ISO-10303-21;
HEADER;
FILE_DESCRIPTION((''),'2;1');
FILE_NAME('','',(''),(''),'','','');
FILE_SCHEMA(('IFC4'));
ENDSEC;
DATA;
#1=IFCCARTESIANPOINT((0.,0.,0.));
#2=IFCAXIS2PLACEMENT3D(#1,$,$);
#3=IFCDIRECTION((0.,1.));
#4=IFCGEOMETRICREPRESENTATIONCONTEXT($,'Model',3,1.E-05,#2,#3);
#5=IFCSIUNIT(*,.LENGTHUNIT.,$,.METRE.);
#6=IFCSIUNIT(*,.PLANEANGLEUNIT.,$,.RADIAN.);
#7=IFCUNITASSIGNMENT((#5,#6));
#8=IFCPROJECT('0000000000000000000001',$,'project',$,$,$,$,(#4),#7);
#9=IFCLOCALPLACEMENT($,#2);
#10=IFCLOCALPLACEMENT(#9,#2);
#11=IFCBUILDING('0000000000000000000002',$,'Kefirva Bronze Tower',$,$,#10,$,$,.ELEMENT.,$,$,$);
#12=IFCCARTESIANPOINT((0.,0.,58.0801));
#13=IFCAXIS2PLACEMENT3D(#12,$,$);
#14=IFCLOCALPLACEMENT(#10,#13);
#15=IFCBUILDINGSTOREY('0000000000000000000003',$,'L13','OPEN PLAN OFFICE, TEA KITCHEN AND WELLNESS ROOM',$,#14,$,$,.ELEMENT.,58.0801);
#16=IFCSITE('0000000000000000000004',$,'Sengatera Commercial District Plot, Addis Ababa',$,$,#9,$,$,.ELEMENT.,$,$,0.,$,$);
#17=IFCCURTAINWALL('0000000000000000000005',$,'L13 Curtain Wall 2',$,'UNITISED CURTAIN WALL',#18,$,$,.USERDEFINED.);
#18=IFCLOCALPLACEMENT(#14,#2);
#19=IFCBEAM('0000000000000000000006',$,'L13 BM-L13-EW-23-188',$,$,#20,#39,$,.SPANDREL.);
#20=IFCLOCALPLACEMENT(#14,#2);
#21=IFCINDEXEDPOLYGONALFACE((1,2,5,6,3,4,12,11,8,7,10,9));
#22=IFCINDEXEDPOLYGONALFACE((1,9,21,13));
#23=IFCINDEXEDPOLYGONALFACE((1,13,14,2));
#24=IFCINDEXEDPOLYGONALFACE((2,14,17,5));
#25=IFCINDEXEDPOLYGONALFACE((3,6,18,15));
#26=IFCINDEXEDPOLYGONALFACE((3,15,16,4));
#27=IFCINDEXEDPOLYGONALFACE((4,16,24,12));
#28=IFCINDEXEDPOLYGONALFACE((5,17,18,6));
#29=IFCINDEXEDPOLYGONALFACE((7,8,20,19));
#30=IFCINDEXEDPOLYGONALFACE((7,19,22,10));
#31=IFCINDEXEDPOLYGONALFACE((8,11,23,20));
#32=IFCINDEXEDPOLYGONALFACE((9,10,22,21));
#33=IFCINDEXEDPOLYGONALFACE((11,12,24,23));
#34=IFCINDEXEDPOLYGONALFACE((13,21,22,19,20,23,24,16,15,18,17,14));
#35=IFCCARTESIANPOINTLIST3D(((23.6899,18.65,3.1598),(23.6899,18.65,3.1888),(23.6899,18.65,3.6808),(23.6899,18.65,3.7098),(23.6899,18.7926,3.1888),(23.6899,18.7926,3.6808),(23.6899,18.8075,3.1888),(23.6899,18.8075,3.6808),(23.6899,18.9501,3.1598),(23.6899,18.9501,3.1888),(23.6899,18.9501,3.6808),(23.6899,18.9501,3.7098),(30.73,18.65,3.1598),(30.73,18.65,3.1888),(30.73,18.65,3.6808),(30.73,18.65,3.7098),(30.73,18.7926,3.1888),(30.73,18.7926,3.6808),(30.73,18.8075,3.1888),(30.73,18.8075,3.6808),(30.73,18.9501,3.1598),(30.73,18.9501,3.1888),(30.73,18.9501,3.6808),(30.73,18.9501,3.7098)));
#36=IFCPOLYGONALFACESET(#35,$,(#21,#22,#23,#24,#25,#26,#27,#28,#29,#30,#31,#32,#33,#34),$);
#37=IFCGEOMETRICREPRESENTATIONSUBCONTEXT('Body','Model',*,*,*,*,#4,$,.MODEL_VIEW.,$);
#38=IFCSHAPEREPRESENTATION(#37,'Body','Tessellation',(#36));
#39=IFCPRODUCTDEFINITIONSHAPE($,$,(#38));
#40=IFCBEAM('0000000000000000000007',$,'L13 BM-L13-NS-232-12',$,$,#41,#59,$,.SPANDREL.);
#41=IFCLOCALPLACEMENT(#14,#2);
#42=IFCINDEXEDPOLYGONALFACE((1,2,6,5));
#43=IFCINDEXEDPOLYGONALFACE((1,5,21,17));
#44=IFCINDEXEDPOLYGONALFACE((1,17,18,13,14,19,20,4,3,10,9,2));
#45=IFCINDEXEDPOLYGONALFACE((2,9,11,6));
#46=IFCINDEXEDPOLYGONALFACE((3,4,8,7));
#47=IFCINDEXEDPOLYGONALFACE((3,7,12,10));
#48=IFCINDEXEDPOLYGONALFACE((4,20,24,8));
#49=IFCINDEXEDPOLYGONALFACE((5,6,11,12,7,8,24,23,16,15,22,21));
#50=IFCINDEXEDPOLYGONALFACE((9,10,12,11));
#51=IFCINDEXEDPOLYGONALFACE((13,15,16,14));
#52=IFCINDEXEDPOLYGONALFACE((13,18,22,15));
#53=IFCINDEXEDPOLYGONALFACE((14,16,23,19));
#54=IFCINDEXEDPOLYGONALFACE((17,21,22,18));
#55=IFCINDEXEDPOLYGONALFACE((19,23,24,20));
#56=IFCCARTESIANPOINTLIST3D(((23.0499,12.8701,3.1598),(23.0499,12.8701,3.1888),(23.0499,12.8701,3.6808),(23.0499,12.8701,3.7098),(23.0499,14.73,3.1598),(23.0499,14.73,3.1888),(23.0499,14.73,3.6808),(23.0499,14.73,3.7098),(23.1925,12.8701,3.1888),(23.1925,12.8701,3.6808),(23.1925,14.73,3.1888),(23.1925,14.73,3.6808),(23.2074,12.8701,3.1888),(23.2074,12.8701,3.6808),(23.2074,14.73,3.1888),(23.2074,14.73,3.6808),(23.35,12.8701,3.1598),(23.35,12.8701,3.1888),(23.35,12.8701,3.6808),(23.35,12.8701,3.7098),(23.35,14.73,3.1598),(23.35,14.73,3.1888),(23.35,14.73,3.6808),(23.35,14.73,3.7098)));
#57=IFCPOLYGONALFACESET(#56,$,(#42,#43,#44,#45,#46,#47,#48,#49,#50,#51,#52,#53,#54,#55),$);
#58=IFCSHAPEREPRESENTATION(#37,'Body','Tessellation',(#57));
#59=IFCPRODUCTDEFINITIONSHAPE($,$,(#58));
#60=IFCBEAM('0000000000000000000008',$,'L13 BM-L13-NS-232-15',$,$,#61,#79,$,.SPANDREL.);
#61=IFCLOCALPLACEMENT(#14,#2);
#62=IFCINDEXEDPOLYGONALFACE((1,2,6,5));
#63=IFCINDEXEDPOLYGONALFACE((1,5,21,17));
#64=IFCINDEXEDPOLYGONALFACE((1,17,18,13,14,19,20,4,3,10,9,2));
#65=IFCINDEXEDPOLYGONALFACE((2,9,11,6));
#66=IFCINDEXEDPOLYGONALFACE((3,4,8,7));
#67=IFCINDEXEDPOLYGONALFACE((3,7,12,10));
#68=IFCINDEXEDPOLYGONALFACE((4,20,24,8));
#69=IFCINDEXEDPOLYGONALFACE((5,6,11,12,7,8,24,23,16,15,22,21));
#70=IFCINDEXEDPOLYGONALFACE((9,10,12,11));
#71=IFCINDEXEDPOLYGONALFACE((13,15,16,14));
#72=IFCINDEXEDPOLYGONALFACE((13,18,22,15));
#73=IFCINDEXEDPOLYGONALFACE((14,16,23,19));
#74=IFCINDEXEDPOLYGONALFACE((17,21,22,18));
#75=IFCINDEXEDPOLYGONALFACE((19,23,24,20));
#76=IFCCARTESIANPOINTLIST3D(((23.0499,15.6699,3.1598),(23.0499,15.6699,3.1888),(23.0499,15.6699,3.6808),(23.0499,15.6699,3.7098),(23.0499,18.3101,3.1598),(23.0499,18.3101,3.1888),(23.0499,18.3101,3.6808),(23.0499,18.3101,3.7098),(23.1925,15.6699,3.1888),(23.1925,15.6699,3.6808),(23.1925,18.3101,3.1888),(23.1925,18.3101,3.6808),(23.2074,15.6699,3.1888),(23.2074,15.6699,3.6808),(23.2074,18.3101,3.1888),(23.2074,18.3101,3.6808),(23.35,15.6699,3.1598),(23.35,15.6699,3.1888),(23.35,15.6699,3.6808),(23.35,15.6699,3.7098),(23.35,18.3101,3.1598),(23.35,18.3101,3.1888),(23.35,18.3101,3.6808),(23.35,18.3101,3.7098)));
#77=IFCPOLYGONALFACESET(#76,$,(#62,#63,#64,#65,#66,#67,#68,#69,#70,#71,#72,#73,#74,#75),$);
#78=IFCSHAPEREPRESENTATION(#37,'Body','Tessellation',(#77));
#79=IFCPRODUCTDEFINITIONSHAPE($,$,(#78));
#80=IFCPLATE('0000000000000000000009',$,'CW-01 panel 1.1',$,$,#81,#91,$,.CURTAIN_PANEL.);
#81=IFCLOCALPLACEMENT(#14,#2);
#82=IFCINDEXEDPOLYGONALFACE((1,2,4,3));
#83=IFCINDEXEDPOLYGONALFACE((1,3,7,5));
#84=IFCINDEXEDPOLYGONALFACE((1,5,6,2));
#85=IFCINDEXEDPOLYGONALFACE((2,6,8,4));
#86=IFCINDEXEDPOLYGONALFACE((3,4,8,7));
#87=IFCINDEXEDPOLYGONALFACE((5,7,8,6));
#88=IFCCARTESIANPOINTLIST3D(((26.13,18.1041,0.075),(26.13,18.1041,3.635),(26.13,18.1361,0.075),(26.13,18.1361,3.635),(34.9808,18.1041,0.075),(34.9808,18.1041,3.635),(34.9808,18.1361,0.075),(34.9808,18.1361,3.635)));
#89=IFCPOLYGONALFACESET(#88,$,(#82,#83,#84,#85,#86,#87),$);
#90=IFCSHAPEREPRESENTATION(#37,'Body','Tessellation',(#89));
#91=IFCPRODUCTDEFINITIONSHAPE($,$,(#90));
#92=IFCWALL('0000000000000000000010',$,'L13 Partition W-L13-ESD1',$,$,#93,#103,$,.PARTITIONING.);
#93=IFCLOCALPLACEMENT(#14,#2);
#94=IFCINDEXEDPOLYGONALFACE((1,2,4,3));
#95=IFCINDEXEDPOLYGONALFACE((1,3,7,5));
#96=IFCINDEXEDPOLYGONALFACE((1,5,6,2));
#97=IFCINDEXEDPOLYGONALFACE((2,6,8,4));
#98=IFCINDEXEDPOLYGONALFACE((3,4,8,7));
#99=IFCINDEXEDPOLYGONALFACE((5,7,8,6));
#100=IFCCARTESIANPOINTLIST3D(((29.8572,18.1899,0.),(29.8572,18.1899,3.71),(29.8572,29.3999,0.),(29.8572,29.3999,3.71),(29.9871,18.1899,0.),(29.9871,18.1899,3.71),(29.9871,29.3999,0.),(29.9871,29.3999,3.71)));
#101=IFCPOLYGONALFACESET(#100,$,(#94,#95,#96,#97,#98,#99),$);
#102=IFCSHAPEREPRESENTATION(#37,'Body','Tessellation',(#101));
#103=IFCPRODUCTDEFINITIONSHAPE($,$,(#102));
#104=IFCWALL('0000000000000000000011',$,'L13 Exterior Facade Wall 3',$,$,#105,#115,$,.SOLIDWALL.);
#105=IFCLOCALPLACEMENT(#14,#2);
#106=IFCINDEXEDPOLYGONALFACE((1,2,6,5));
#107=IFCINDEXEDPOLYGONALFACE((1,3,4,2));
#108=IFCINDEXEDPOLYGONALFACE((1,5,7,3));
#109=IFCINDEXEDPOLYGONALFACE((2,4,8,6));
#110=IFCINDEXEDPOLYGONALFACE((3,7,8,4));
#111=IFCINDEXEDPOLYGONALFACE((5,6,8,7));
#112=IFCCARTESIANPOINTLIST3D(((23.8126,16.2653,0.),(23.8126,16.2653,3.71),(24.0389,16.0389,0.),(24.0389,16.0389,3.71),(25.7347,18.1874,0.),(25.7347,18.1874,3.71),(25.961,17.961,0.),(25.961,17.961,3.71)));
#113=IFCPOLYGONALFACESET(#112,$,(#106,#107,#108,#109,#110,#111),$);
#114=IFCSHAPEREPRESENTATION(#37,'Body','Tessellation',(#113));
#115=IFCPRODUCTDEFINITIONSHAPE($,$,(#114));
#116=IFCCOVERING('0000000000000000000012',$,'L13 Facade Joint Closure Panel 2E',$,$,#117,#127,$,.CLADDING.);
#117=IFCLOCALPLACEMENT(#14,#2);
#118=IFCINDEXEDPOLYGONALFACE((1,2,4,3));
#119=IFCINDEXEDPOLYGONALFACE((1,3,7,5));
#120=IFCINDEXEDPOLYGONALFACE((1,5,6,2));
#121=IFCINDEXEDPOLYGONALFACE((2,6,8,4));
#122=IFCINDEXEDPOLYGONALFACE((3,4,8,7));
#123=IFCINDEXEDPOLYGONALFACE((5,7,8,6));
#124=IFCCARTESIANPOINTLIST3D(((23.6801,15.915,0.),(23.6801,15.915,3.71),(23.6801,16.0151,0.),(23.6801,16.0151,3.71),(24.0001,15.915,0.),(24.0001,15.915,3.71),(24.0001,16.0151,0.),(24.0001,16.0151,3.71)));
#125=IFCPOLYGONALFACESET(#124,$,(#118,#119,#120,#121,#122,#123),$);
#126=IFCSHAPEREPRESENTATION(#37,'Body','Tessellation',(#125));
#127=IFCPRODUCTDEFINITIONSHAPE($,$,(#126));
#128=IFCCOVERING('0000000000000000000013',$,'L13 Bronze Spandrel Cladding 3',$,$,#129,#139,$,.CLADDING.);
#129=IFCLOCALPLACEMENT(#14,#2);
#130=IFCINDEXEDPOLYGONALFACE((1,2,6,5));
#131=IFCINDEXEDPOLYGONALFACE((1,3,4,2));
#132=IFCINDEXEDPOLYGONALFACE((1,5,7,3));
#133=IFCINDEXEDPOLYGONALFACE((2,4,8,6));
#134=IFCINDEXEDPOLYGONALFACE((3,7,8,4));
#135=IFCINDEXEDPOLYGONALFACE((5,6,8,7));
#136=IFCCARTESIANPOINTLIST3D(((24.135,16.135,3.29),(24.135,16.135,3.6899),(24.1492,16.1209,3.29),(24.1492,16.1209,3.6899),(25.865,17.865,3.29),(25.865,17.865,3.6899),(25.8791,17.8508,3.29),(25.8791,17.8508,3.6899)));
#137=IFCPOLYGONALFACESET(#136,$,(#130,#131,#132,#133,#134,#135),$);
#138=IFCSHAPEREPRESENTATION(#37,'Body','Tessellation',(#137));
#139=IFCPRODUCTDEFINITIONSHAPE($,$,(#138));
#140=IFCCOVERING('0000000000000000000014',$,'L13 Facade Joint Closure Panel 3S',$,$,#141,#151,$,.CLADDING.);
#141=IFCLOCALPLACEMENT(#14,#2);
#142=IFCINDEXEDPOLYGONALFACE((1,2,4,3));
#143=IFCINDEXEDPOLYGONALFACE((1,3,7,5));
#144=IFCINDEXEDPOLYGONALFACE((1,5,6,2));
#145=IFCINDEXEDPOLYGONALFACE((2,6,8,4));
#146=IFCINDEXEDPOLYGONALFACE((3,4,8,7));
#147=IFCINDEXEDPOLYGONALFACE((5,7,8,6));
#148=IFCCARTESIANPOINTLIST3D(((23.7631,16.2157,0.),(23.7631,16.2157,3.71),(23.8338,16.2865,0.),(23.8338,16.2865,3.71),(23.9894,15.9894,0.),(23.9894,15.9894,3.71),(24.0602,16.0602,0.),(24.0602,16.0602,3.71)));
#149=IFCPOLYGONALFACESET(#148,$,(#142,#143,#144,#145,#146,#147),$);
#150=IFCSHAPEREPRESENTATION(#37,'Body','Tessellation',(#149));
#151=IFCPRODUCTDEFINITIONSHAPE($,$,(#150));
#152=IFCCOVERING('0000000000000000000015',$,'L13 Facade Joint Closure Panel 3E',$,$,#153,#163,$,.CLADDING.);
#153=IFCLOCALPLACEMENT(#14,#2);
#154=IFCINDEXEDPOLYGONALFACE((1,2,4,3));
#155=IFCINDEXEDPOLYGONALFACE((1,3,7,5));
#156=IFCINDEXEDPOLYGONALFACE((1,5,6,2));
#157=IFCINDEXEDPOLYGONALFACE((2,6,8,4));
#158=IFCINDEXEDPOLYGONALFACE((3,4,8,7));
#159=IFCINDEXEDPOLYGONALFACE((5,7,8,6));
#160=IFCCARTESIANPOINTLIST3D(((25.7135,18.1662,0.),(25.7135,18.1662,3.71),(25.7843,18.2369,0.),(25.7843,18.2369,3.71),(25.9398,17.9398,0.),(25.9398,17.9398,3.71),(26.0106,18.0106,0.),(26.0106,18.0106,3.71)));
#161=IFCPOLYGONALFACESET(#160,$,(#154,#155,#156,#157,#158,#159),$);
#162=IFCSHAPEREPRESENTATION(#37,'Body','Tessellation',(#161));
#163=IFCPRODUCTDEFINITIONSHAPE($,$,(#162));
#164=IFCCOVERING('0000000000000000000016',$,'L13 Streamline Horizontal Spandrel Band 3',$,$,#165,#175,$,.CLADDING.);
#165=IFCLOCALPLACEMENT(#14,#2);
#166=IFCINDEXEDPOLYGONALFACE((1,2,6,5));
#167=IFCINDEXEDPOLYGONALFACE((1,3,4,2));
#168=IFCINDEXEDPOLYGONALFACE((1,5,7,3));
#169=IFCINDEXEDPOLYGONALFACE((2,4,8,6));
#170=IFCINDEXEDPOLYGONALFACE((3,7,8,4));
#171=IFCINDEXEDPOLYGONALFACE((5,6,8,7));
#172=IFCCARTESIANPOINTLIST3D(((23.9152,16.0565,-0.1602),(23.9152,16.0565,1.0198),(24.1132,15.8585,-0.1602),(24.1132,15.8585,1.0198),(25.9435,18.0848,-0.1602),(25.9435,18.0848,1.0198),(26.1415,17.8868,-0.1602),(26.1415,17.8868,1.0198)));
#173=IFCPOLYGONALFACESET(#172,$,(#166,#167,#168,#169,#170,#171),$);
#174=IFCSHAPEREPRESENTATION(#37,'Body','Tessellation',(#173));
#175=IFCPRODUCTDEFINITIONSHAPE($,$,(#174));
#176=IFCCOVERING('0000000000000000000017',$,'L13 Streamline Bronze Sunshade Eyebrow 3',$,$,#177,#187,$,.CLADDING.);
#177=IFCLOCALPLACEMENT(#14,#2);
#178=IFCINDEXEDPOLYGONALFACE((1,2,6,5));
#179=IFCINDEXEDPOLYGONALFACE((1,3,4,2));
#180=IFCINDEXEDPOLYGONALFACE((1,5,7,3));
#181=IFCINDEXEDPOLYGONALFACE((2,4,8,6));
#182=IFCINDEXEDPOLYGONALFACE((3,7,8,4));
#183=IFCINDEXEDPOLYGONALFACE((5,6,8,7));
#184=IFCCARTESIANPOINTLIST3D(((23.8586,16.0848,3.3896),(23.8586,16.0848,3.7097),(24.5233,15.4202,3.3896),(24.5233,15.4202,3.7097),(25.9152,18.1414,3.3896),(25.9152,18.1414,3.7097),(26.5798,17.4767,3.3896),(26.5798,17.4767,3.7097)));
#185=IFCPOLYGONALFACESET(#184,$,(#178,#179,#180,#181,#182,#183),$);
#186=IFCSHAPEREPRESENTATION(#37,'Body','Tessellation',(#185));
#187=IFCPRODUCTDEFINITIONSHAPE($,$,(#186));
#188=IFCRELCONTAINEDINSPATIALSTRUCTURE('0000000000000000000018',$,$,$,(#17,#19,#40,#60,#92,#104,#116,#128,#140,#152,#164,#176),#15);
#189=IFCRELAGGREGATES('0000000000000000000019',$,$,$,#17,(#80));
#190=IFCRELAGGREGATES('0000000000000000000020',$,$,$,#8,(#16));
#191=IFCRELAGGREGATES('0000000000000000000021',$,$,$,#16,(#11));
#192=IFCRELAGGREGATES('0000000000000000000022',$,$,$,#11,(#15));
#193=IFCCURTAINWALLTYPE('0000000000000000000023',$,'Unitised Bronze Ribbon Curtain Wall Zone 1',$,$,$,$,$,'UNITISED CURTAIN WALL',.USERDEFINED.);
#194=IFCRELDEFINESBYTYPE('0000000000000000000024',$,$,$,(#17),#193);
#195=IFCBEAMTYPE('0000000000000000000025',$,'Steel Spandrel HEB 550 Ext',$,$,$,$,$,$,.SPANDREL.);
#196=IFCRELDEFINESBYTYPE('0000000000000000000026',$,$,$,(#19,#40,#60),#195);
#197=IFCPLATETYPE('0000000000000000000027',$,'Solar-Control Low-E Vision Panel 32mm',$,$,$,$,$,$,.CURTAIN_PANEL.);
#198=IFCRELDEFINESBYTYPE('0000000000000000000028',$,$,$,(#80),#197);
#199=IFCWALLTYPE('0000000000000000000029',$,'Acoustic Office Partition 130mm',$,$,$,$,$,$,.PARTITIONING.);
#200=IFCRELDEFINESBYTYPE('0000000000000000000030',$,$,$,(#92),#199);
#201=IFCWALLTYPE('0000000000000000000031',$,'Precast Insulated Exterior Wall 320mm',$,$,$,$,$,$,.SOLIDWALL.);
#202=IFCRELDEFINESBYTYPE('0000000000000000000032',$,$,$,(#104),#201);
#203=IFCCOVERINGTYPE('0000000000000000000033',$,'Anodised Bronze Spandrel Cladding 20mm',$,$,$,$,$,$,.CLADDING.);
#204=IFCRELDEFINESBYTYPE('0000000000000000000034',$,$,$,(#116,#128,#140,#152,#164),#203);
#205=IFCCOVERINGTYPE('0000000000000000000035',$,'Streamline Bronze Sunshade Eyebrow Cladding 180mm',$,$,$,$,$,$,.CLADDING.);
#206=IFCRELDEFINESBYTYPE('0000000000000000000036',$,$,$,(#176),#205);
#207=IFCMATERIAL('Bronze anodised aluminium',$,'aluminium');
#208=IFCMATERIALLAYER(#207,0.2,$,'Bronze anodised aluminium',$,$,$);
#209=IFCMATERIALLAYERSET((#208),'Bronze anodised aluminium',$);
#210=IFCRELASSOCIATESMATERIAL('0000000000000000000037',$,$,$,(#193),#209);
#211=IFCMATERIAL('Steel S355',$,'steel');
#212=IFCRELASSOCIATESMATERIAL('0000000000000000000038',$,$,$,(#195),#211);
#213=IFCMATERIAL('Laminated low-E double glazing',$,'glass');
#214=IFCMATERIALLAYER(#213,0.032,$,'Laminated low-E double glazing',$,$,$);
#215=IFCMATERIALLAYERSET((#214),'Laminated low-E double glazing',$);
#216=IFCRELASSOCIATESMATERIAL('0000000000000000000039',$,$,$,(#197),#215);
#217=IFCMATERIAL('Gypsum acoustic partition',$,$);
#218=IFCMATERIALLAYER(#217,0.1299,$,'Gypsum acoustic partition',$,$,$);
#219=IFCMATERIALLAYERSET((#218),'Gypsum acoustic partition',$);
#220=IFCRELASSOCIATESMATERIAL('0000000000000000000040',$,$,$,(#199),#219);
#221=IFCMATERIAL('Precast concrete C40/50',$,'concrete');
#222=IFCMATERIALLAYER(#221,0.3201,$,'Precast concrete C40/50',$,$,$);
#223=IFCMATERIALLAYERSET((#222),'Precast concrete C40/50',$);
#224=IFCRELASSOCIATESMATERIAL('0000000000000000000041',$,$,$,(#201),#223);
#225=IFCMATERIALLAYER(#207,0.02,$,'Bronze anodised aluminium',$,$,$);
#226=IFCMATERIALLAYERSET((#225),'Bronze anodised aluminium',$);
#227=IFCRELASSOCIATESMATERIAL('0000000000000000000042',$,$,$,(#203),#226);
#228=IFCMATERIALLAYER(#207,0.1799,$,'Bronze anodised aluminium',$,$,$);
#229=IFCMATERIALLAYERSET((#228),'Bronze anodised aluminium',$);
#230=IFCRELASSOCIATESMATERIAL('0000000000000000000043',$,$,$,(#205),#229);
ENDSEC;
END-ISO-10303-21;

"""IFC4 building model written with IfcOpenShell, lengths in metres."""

from ifc_helpers import new_model, si_unit, direction, frame, frame_2d, origin, origin_2d, place, context, subcontext, project, spatial, rectangle, i_section, extrude, material, layer, layer_set, material_profile, profile_set, type_object, element, aggregate, save


model = new_model("IFC4")

# Units and contexts
model_context = context("Model", 3, precision=1e-05, world=origin(), true_north=direction((0.0, 1.0)))
body_context = subcontext(model_context, "Body", "Model", "MODEL_VIEW")
ifc_project = project(units=[si_unit("LENGTHUNIT", "METRE"), si_unit("PLANEANGLEUNIT", "RADIAN")], contexts=[model_context])

# Site, building, storey
site_placement = place(None, origin())
site = spatial("IfcSite", under=ifc_project, at=site_placement, Name="Sengatera Commercial District Plot, Addis Ababa", CompositionType="ELEMENT", RefElevation=0.0)
building_placement = place(site_placement, origin())
building = spatial("IfcBuilding", under=site, at=building_placement, Name="Kefirva Bronze Tower", CompositionType="ELEMENT")
storey_placement = place(building_placement, frame((0.0, 0.0, 58.0801)))
storey = spatial("IfcBuildingStorey", under=building, at=storey_placement, Name="L13", Description="OPEN PLAN OFFICE, TEA KITCHEN AND WELLNESS ROOM", CompositionType="ELEMENT", Elevation=58.0801)

# Curtain wall
ifc_material_1 = material(Name="Bronze anodised aluminium", Category="aluminium")
ifc_layer_1 = layer(ifc_material_1, 0.2, Name="Bronze anodised aluminium")
ifc_layer_set_1 = layer_set([ifc_layer_1], Name="Bronze anodised aluminium")
curtain_wall_type = type_object("IfcCurtainWallType", Name="Unitised Bronze Ribbon Curtain Wall Zone 1", ElementType="UNITISED CURTAIN WALL", PredefinedType="USERDEFINED", material=ifc_layer_set_1)
curtain_wall_placement = place(storey_placement, origin())
curtain_wall = element("IfcCurtainWall", 1, at=curtain_wall_placement, inside=storey, type_object=curtain_wall_type, Name="L13 Curtain Wall 2", ObjectType="UNITISED CURTAIN WALL", PredefinedType="USERDEFINED")

# Beams
ifc_material_2 = material(Name="Steel S355", Category="steel")
ifc_material_profile_1 = material_profile(ifc_material_2, i_section(OverallWidth=0.3, OverallDepth=0.55, WebThickness=0.0149, FlangeThickness=0.0291, at=origin_2d()), Name="HEB 550")
ifc_profile_set_1 = profile_set([ifc_material_profile_1], Name="Steel S355")
beam_type_1 = type_object("IfcBeamType", Name="Steel Spandrel HEB 550 Ext", PredefinedType="SPANDREL", material=ifc_profile_set_1)
beam_1_placement = place(storey_placement, frame((23.6899, 18.8, 3.4348), z_axis=(1.0, 0.0, 0.0), x_axis=(0.0, 1.0, 0.0)))
element("IfcBeam", 2, at=beam_1_placement, inside=storey, type_object=beam_type_1, Name="L13 BM-L13-EW-23-188", PredefinedType="SPANDREL", context=body_context, shape_type="SweptSolid", body=[
    extrude(i_section(OverallWidth=0.3, OverallDepth=0.55, WebThickness=0.0149, FlangeThickness=0.0291, at=origin_2d()), origin(), (0.0, 0.0, 1.0), 7.04),
])
beam_2_placement = place(storey_placement, frame((23.2, 12.8701, 3.4348), z_axis=(0.0, 1.0, 0.0), x_axis=(-1.0, 0.0, 0.0)))
element("IfcBeam", 3, at=beam_2_placement, inside=storey, type_object=beam_type_1, Name="L13 BM-L13-NS-232-12", PredefinedType="SPANDREL", context=body_context, shape_type="SweptSolid", body=[
    extrude(i_section(OverallWidth=0.3, OverallDepth=0.55, WebThickness=0.0149, FlangeThickness=0.0291, at=origin_2d()), origin(), (0.0, 0.0, 1.0), 1.8599),
])
beam_3_placement = place(storey_placement, frame((23.2, 15.6699, 3.4348), z_axis=(0.0, 1.0, 0.0), x_axis=(-1.0, 0.0, 0.0)))
element("IfcBeam", 4, at=beam_3_placement, inside=storey, type_object=beam_type_1, Name="L13 BM-L13-NS-232-15", PredefinedType="SPANDREL", context=body_context, shape_type="SweptSolid", body=[
    extrude(i_section(OverallWidth=0.3, OverallDepth=0.55, WebThickness=0.0149, FlangeThickness=0.0291, at=origin_2d()), origin(), (0.0, 0.0, 1.0), 2.6401),
])

# Plate
ifc_material_3 = material(Name="Laminated low-E double glazing", Category="glass")
ifc_layer_2 = layer(ifc_material_3, 0.032, Name="Laminated low-E double glazing")
ifc_layer_set_2 = layer_set([ifc_layer_2], Name="Laminated low-E double glazing")
plate_type = type_object("IfcPlateType", Name="Solar-Control Low-E Vision Panel 32mm", PredefinedType="CURTAIN_PANEL", material=ifc_layer_set_2)
plate_placement = place(storey_placement, frame((30.5554, 18.1201, 0.075), z_axis=(0.0, 0.0, 1.0), x_axis=(1.0, 0.0, 0.0)))
plate = element("IfcPlate", 5, at=plate_placement, type_object=plate_type, Name="CW-01 panel 1.1", PredefinedType="CURTAIN_PANEL", context=body_context, shape_type="SweptSolid", body=[
    extrude(rectangle(XDim=8.8508, YDim=0.032, at=origin_2d()), origin(), (0.0, 0.0, 1.0), 3.5601),
])
aggregate(curtain_wall, [plate])

# Walls
ifc_material_4 = material(Name="Gypsum acoustic partition")
ifc_layer_3 = layer(ifc_material_4, 0.1299, Name="Gypsum acoustic partition")
ifc_layer_set_3 = layer_set([ifc_layer_3], Name="Gypsum acoustic partition")
wall_type_1 = type_object("IfcWallType", Name="Acoustic Office Partition 130mm", PredefinedType="PARTITIONING", material=ifc_layer_set_3)
wall_1_placement = place(storey_placement, frame((29.9221, 18.1899, 0.0), z_axis=(0.0, 0.0, 1.0), x_axis=(0.0, 1.0, 0.0)))
element("IfcWall", 6, at=wall_1_placement, inside=storey, type_object=wall_type_1, Name="L13 Partition W-L13-ESD1", PredefinedType="PARTITIONING", context=body_context, shape_type="SweptSolid", body=[
    extrude(rectangle(XDim=11.21, YDim=0.1299, at=frame_2d((5.605, 0.0))), origin(), (0.0, 0.0, 1.0), 3.71),
])
ifc_material_5 = material(Name="Precast concrete C40/50", Category="concrete")
ifc_layer_4 = layer(ifc_material_5, 0.3201, Name="Precast concrete C40/50")
ifc_layer_set_4 = layer_set([ifc_layer_4], Name="Precast concrete C40/50")
wall_type_2 = type_object("IfcWallType", Name="Precast Insulated Exterior Wall 320mm", PredefinedType="SOLIDWALL", material=ifc_layer_set_4)
wall_2_placement = place(storey_placement, frame((23.9258, 16.1521, 0.0), z_axis=(0.0, 0.0, 1.0), x_axis=(0.707107, 0.707107, 0.0)))
element("IfcWall", 7, at=wall_2_placement, inside=storey, type_object=wall_type_2, Name="L13 Exterior Facade Wall 3", PredefinedType="SOLIDWALL", context=body_context, shape_type="SweptSolid", body=[
    extrude(rectangle(XDim=2.7183, YDim=0.3201, at=frame_2d((1.3591, 0.0))), origin(), (0.0, 0.0, 1.0), 3.71),
])

# Coverings
ifc_layer_5 = layer(ifc_material_1, 0.02, Name="Bronze anodised aluminium")
ifc_layer_set_5 = layer_set([ifc_layer_5], Name="Bronze anodised aluminium")
covering_type_1 = type_object("IfcCoveringType", Name="Anodised Bronze Spandrel Cladding 20mm", PredefinedType="CLADDING", material=ifc_layer_set_5)
covering_1_placement = place(storey_placement, frame((23.8401, 15.9651, 0.0), z_axis=(0.0, 0.0, 1.0), x_axis=(0.0, 1.0, 0.0)))
element("IfcCovering", 8, at=covering_1_placement, inside=storey, type_object=covering_type_1, Name="L13 Facade Joint Closure Panel 2E", PredefinedType="CLADDING", context=body_context, shape_type="SweptSolid", body=[
    extrude(rectangle(XDim=0.1001, YDim=0.3201, at=origin_2d()), origin(), (0.0, 0.0, 1.0), 3.71),
])
covering_2_placement = place(storey_placement, frame((25.0071, 16.9929, 3.29), z_axis=(0.0, 0.0, 1.0), x_axis=(0.707107, 0.707107, 0.0)))
element("IfcCovering", 9, at=covering_2_placement, inside=storey, type_object=covering_type_1, Name="L13 Bronze Spandrel Cladding 3", PredefinedType="CLADDING", context=body_context, shape_type="SweptSolid", body=[
    extrude(rectangle(XDim=2.4465, YDim=0.02, at=origin_2d()), origin(), (0.0, 0.0, 1.0), 0.3999),
])
for number, where, z_axis, x_axis, name in (
    (10, (23.9116, 16.1379, 0.0), (0.0, 0.0, 1.0), (0.707107, 0.707107, 0.0), "L13 Facade Joint Closure Panel 3S"),
    (11, (25.8621, 18.0884, 0.0), (0.0, 0.0, 1.0), (0.707107, 0.707107, 0.0), "L13 Facade Joint Closure Panel 3E"),
):
    element("IfcCovering", number, at=place(storey_placement, frame(where, z_axis=z_axis, x_axis=x_axis)), inside=storey, type_object=covering_type_1, Name=name, PredefinedType="CLADDING", context=body_context, shape_type="SweptSolid", body=[
        extrude(rectangle(XDim=0.1001, YDim=0.3201, at=origin_2d()), origin(), (0.0, 0.0, 1.0), 3.71),
    ])
covering_3_placement = place(storey_placement, frame((25.0283, 16.9717, -0.1602), z_axis=(0.0, 0.0, 1.0), x_axis=(0.707107, 0.707107, 0.0)))
element("IfcCovering", 12, at=covering_3_placement, inside=storey, type_object=covering_type_1, Name="L13 Streamline Horizontal Spandrel Band 3", PredefinedType="CLADDING", context=body_context, shape_type="SweptSolid", body=[
    extrude(rectangle(XDim=2.8684, YDim=0.28, at=origin_2d()), origin(), (0.0, 0.0, 1.0), 1.1799),
])
ifc_layer_6 = layer(ifc_material_1, 0.1799, Name="Bronze anodised aluminium")
ifc_layer_set_6 = layer_set([ifc_layer_6], Name="Bronze anodised aluminium")
covering_type_2 = type_object("IfcCoveringType", Name="Streamline Bronze Sunshade Eyebrow Cladding 180mm", PredefinedType="CLADDING", material=ifc_layer_set_6)
covering_4_placement = place(storey_placement, frame((25.2192, 16.7808, 3.3896), z_axis=(0.0, 0.0, 1.0), x_axis=(0.707107, 0.707107, 0.0)))
element("IfcCovering", 13, at=covering_4_placement, inside=storey, type_object=covering_type_2, Name="L13 Streamline Bronze Sunshade Eyebrow 3", PredefinedType="CLADDING", context=body_context, shape_type="SweptSolid", body=[
    extrude(rectangle(XDim=2.9084, YDim=0.9399, at=origin_2d()), origin(), (0.0, 0.0, 1.0), 0.3201),
])

save(model, "model.ifc")
